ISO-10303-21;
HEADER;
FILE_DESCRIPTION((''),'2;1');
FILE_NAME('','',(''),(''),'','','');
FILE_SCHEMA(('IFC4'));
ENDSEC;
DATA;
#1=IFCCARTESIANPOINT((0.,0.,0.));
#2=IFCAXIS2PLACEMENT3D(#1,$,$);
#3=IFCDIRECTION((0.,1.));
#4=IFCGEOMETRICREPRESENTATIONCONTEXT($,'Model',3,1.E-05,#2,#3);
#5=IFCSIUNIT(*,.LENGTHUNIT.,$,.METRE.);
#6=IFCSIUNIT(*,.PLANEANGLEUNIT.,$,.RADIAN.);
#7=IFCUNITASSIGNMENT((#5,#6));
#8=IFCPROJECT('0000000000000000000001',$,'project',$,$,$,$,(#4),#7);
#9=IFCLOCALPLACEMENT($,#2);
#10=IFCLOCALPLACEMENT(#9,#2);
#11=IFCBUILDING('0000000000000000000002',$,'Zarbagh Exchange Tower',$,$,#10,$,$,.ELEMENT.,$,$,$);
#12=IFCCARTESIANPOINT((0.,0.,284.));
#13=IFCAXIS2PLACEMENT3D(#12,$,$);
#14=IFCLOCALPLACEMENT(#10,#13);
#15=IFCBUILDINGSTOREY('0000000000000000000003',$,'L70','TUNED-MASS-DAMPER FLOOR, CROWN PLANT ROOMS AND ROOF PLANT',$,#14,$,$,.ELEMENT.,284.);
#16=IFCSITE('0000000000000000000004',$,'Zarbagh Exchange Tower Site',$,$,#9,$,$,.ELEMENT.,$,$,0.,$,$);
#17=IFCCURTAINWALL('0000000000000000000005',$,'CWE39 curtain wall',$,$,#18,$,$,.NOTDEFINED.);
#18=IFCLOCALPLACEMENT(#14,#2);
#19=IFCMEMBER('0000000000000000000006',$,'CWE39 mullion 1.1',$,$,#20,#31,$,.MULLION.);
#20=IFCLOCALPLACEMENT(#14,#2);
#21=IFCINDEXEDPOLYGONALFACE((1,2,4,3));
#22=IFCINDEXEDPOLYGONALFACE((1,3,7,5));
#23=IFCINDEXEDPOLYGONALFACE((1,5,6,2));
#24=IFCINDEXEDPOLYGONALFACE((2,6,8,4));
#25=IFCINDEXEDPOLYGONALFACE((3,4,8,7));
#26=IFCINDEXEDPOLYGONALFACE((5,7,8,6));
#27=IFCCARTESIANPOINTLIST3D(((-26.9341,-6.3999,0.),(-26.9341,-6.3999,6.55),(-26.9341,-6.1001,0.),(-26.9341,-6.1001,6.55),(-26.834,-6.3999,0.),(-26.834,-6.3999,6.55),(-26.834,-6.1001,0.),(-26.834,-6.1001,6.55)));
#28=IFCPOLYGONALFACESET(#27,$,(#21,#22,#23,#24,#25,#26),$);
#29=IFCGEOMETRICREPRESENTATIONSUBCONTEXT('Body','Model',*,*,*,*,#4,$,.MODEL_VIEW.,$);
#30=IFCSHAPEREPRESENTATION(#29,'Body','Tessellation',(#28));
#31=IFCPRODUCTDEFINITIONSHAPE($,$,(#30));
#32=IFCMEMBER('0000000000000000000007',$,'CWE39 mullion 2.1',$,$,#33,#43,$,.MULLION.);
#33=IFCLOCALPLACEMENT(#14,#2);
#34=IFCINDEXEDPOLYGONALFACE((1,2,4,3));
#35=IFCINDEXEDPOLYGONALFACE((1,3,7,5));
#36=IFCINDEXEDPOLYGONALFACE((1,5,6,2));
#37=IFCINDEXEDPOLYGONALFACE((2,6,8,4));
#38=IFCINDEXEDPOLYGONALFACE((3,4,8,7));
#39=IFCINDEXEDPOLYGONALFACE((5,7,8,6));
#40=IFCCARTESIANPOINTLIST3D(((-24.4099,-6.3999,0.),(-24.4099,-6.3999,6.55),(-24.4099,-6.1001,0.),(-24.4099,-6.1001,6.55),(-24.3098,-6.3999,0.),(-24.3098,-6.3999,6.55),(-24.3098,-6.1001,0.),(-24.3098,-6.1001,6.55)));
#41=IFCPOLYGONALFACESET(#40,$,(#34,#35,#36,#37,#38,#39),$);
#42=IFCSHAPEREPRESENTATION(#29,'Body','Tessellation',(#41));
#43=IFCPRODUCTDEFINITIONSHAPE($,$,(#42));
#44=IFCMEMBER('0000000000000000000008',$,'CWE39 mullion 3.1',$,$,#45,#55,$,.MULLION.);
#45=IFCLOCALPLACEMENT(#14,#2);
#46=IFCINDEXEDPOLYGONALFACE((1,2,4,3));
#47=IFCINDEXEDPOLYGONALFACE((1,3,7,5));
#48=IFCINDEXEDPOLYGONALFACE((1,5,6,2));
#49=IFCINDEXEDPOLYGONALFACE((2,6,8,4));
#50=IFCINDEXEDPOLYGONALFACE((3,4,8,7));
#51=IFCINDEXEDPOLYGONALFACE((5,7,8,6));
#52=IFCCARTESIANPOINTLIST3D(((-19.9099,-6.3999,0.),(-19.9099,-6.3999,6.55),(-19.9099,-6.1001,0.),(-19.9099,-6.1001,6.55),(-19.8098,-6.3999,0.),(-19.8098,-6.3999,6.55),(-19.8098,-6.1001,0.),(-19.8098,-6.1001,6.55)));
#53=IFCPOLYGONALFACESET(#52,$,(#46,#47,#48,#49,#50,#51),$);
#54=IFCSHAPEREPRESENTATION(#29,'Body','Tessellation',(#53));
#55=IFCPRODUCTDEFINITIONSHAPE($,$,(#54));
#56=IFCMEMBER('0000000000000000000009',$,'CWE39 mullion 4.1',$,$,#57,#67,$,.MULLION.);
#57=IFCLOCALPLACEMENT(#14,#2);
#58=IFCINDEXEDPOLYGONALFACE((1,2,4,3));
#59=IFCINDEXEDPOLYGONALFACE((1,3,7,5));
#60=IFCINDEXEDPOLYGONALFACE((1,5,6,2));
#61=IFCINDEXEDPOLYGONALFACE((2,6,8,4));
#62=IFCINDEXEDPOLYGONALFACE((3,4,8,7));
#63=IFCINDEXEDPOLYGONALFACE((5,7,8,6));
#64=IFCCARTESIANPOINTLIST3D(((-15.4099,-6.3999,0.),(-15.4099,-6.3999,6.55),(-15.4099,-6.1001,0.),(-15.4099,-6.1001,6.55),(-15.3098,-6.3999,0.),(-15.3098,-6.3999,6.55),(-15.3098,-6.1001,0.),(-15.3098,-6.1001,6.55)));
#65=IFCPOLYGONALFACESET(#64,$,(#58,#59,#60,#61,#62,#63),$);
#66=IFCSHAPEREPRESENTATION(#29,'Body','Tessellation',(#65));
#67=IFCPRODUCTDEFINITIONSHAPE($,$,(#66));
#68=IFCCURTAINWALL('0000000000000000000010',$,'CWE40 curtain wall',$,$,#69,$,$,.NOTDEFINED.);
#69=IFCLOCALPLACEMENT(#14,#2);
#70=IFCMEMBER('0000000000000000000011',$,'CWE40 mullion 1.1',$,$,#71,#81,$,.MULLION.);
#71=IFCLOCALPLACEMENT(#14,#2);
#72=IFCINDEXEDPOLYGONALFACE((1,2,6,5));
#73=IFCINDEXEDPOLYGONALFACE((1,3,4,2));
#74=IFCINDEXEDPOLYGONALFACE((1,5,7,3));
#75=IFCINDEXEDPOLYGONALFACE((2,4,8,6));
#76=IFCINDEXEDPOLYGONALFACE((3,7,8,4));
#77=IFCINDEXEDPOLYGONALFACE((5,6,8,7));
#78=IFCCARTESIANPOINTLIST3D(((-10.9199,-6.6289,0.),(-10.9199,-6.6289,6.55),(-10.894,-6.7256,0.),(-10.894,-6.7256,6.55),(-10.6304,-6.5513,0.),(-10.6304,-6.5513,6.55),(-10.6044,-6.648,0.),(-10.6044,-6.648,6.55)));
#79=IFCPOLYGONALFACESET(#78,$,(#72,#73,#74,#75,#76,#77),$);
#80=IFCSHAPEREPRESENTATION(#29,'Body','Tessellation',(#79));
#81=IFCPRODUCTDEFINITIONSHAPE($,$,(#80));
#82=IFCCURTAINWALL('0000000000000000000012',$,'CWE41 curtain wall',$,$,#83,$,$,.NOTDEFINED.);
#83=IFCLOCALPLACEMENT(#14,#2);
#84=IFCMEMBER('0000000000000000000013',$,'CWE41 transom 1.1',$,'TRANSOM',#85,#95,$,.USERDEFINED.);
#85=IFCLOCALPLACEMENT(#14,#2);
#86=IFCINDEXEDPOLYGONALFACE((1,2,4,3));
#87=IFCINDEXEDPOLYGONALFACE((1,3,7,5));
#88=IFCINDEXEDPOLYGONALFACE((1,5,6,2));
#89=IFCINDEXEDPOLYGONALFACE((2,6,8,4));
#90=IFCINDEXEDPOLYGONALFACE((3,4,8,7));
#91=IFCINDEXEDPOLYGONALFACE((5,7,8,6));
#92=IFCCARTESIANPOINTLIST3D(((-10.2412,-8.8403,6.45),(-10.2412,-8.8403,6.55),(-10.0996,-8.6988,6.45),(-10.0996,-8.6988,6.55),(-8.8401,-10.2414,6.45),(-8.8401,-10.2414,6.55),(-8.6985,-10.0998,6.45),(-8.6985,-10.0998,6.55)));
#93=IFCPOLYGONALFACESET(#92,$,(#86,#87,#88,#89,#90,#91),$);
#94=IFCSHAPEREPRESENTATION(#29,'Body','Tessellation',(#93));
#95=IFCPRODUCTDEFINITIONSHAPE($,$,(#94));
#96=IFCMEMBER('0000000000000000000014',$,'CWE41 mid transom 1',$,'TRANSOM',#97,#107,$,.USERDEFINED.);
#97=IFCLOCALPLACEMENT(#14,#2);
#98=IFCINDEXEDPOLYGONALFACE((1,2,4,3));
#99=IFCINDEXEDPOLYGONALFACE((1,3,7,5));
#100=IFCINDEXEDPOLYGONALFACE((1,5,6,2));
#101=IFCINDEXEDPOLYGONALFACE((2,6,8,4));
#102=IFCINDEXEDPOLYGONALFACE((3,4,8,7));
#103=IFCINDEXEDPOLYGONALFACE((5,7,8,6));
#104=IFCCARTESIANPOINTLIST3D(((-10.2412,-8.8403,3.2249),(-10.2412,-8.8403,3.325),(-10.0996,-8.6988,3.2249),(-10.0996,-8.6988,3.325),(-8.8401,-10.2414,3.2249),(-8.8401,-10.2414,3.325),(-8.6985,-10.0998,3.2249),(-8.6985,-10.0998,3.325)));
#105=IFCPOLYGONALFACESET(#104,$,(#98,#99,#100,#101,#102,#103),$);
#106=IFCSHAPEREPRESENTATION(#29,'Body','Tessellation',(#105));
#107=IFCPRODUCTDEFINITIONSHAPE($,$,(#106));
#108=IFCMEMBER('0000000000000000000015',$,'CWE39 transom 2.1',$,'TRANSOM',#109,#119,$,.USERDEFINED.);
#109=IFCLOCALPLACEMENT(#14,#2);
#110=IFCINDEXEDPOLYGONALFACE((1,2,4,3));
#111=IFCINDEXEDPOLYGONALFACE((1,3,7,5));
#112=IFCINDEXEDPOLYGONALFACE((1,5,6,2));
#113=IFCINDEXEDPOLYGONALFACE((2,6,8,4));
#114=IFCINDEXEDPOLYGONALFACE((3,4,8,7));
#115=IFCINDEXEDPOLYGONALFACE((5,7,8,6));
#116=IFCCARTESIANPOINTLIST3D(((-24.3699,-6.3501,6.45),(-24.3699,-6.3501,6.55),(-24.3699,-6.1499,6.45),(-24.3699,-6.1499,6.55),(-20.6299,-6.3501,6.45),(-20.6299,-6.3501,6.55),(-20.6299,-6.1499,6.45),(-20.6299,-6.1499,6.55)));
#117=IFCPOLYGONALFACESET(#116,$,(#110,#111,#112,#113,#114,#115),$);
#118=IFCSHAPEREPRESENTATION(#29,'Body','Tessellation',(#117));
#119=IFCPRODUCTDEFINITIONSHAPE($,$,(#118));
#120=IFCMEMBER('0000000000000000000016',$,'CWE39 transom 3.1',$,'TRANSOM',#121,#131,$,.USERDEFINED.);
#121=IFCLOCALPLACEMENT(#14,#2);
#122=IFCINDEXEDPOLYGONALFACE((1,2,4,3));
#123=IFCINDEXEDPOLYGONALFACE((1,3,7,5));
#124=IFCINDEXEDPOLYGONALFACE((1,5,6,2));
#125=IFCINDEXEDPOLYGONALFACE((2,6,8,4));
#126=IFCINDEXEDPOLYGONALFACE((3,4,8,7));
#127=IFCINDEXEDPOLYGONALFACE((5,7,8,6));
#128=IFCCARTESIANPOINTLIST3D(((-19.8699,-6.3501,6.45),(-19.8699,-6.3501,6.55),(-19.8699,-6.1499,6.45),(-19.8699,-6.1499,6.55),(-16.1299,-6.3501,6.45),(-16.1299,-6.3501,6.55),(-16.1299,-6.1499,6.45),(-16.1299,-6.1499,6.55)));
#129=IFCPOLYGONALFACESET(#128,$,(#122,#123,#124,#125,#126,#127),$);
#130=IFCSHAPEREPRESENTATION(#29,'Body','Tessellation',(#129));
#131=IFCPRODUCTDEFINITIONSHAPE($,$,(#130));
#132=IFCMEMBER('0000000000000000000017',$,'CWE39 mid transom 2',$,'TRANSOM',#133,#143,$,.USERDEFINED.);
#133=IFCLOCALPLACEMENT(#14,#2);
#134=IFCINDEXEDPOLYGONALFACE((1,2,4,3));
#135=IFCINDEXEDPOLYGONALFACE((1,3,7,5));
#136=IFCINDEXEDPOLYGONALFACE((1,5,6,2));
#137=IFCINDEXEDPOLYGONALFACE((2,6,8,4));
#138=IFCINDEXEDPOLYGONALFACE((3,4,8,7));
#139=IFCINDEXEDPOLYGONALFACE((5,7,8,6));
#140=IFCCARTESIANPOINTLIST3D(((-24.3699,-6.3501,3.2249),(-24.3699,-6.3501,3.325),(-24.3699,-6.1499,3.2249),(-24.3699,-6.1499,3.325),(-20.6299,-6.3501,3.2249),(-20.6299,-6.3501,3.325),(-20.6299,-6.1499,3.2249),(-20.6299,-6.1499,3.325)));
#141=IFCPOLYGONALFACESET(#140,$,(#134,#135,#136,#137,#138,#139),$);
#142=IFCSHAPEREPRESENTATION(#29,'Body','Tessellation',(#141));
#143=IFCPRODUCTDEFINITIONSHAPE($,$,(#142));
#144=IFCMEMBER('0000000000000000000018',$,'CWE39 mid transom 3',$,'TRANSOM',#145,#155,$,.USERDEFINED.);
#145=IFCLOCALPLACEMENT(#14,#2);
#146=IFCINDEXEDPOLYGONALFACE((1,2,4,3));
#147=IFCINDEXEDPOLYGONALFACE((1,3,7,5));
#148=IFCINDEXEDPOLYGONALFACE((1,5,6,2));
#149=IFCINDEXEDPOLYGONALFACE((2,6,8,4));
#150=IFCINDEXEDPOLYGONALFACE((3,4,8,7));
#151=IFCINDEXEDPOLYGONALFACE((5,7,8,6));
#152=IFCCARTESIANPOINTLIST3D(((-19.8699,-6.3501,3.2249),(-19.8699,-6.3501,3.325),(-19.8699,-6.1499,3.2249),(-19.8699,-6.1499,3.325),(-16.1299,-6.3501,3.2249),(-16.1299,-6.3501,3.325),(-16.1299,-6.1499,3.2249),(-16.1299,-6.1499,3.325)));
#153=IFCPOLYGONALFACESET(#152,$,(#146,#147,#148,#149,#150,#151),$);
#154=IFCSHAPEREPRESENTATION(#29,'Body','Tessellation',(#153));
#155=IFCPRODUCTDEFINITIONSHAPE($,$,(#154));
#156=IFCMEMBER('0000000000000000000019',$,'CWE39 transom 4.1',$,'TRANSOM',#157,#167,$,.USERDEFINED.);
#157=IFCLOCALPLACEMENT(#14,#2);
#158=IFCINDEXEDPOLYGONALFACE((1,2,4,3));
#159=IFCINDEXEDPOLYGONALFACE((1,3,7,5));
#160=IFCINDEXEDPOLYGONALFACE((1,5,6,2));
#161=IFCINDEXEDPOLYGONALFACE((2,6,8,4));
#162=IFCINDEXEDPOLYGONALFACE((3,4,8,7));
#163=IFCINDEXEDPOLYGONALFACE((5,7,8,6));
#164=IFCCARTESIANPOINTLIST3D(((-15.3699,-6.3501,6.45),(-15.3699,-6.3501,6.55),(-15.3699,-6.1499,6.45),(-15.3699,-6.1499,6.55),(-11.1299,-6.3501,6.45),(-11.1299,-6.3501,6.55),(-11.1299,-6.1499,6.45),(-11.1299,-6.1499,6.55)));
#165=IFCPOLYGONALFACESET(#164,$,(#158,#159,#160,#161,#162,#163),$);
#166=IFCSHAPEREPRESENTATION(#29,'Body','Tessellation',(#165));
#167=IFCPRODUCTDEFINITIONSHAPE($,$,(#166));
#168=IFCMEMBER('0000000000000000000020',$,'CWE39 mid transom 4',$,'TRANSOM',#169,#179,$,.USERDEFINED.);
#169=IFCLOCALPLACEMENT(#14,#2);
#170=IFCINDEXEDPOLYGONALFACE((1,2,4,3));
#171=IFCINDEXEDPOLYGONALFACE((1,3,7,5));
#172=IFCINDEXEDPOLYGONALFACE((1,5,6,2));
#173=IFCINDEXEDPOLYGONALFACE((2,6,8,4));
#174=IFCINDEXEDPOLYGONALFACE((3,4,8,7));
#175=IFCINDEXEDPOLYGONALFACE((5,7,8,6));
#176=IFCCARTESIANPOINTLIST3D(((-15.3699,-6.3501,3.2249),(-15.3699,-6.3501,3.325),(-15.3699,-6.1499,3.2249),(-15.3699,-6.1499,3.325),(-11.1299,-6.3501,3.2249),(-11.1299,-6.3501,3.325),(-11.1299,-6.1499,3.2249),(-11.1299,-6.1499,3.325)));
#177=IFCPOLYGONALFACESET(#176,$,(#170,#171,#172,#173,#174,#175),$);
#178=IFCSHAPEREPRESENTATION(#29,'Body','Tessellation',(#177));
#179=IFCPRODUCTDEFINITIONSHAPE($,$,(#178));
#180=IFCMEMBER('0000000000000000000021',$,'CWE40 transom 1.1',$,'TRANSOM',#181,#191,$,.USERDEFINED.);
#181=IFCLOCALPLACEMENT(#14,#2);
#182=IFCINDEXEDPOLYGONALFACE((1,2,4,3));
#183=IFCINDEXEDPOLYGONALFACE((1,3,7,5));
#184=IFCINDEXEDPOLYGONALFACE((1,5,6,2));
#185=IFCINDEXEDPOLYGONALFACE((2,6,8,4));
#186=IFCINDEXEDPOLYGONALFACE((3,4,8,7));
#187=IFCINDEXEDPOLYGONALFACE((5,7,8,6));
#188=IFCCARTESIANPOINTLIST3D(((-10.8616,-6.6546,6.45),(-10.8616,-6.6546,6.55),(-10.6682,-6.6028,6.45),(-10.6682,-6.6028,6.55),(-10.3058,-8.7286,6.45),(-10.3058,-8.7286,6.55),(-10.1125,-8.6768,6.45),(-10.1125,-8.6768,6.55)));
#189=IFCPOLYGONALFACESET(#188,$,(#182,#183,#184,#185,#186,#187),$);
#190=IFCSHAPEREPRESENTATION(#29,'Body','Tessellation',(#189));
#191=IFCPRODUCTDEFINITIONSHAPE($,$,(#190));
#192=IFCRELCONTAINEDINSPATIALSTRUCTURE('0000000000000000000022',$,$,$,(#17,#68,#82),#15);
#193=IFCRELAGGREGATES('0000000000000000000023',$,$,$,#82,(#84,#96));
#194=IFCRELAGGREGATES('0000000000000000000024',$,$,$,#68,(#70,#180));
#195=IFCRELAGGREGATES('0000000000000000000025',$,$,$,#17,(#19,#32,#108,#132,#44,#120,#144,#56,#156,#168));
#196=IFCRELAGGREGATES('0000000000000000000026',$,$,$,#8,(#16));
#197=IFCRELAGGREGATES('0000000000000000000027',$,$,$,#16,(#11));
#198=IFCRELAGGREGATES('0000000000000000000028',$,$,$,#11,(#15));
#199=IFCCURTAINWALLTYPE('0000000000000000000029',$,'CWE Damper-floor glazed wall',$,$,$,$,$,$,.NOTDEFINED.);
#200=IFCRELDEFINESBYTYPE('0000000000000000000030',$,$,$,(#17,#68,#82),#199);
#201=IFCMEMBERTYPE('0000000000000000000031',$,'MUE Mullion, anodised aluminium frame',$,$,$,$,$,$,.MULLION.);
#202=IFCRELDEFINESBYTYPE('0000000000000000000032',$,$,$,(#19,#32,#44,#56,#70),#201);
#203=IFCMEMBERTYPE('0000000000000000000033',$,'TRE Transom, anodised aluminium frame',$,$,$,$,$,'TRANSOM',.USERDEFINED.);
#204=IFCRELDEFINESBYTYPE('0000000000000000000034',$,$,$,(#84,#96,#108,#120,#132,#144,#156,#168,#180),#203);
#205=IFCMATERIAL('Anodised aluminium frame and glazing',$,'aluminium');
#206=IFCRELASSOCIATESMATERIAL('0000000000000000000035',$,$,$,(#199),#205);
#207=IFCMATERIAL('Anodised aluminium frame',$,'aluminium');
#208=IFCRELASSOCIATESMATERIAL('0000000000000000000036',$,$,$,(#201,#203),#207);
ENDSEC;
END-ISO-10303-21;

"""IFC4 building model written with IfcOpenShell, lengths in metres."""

from ifc_helpers import new_model, si_unit, direction, frame, origin, place, context, subcontext, project, spatial, polyline, outline, extrude, source, transform, mapped, material, type_object, element, aggregate, save


model = new_model("IFC4")

# Units and contexts
model_context = context("Model", 3, precision=1e-05, world=origin(), true_north=direction((0.0, 1.0)))
body_context = subcontext(model_context, "Body", "Model", "MODEL_VIEW")
ifc_project = project(units=[si_unit("LENGTHUNIT", "METRE"), si_unit("PLANEANGLEUNIT", "RADIAN")], contexts=[model_context])

# Site, building, storey
site_placement = place(None, origin())
site = spatial("IfcSite", under=ifc_project, at=site_placement, Name="Zarbagh Exchange Tower Site", CompositionType="ELEMENT", RefElevation=0.0)
building_placement = place(site_placement, origin())
building = spatial("IfcBuilding", under=site, at=building_placement, Name="Zarbagh Exchange Tower", CompositionType="ELEMENT")
storey_placement = place(building_placement, frame((0.0, 0.0, 284.0)))
storey = spatial("IfcBuildingStorey", under=building, at=storey_placement, Name="L70", Description="TUNED-MASS-DAMPER FLOOR, CROWN PLANT ROOMS AND ROOF PLANT", CompositionType="ELEMENT", Elevation=284.0)

# Curtain wall, members
ifc_material_1 = material(Name="Anodised aluminium frame and glazing", Category="aluminium")
curtain_wall_type = type_object("IfcCurtainWallType", Name="CWE Damper-floor glazed wall", PredefinedType="NOTDEFINED", material=ifc_material_1)
curtain_wall_1_placement = place(storey_placement, origin())
curtain_wall_1 = element("IfcCurtainWall", 1, at=curtain_wall_1_placement, inside=storey, type_object=curtain_wall_type, Name="CWE39 curtain wall", PredefinedType="NOTDEFINED")
ifc_material_2 = material(Name="Anodised aluminium frame", Category="aluminium")
member_type_1 = type_object("IfcMemberType", Name="MUE Mullion, anodised aluminium frame", PredefinedType="MULLION", material=ifc_material_2)
shared_shape_1 = source(origin(), body_context, "Body", "SweptSolid", [
    extrude(outline(polyline([(0.0, -0.1499), (0.1001, -0.1499), (0.1001, 0.1499), (0.0, 0.1499), (0.0, -0.1499)])), origin(), (0.0, 0.0, 1.0), 6.55),
])
placement = place(storey_placement, origin())
member_1 = element("IfcMember", 2, at=placement, type_object=member_type_1, Name="CWE39 mullion 1.1", PredefinedType="MULLION", context=body_context, shape_type="MappedRepresentation", body=[
    mapped(shared_shape_1, transform((-26.9341, -6.25, 0.0), x_axis=(1.0, 0.0, 0.0), y_axis=(0.0, 1.0, 0.0), z_axis=(0.0, 0.0, 1.0))),
])
member_2 = element("IfcMember", 3, at=placement, type_object=member_type_1, Name="CWE39 mullion 2.1", PredefinedType="MULLION", context=body_context, shape_type="MappedRepresentation", body=[
    mapped(shared_shape_1, transform((-24.4099, -6.25, 0.0), x_axis=(1.0, 0.0, 0.0), y_axis=(0.0, 1.0, 0.0), z_axis=(0.0, 0.0, 1.0))),
])
member_3 = element("IfcMember", 4, at=placement, type_object=member_type_1, Name="CWE39 mullion 3.1", PredefinedType="MULLION", context=body_context, shape_type="MappedRepresentation", body=[
    mapped(shared_shape_1, transform((-19.9099, -6.25, 0.0), x_axis=(1.0, 0.0, 0.0), y_axis=(0.0, 1.0, 0.0), z_axis=(0.0, 0.0, 1.0))),
])
member_4 = element("IfcMember", 5, at=placement, type_object=member_type_1, Name="CWE39 mullion 4.1", PredefinedType="MULLION", context=body_context, shape_type="MappedRepresentation", body=[
    mapped(shared_shape_1, transform((-15.4099, -6.25, 0.0), x_axis=(1.0, 0.0, 0.0), y_axis=(0.0, 1.0, 0.0), z_axis=(0.0, 0.0, 1.0))),
])

# Curtain wall, member
curtain_wall_2_placement = place(storey_placement, origin())
curtain_wall_2 = element("IfcCurtainWall", 6, at=curtain_wall_2_placement, inside=storey, type_object=curtain_wall_type, Name="CWE40 curtain wall", PredefinedType="NOTDEFINED")
member_5 = element("IfcMember", 7, at=placement, type_object=member_type_1, Name="CWE40 mullion 1.1", PredefinedType="MULLION", context=body_context, shape_type="MappedRepresentation", body=[
    mapped(shared_shape_1, transform((-10.7751, -6.5901, 0.0), x_axis=(0.258825, -0.965924, 0.0), y_axis=(0.965924, 0.258825, 0.0), z_axis=(0.0, 0.0, 1.0))),
])

# Curtain wall, members
curtain_wall_3_placement = place(storey_placement, origin())
curtain_wall_3 = element("IfcCurtainWall", 8, at=curtain_wall_3_placement, inside=storey, type_object=curtain_wall_type, Name="CWE41 curtain wall", PredefinedType="NOTDEFINED")
member_type_2 = type_object("IfcMemberType", Name="TRE Transom, anodised aluminium frame", ElementType="TRANSOM", PredefinedType="USERDEFINED", material=ifc_material_2)
shared_shape_2 = source(origin(), body_context, "Body", "SweptSolid", [
    extrude(outline(polyline([(-0.1001, -0.1001), (0.0, -0.1001), (0.0, 0.1001), (-0.1001, 0.1001), (-0.1001, -0.1001)])), origin(), (0.0, 0.0, 1.0), 1.9814),
])
member_6 = element("IfcMember", 9, at=placement, type_object=member_type_2, Name="CWE41 transom 1.1", ObjectType="TRANSOM", PredefinedType="USERDEFINED", context=body_context, shape_type="MappedRepresentation", body=[
    mapped(shared_shape_2, transform((-10.1704, -8.7695, 6.55), x_axis=(0.0, 0.0, 1.0), y_axis=(-0.707107, -0.707107, 0.0), z_axis=(0.707107, -0.707107, 0.0))),
])
shared_shape_3 = source(origin(), body_context, "Body", "SweptSolid", [
    extrude(outline(polyline([(-0.05, -0.1001), (0.05, -0.1001), (0.05, 0.1001), (-0.05, 0.1001), (-0.05, -0.1001)])), origin(), (0.0, 0.0, 1.0), 1.9814),
])
member_7 = element("IfcMember", 10, at=placement, type_object=member_type_2, Name="CWE41 mid transom 1", ObjectType="TRANSOM", PredefinedType="USERDEFINED", context=body_context, shape_type="MappedRepresentation", body=[
    mapped(shared_shape_3, transform((-10.1704, -8.7695, 3.2749), x_axis=(0.0, 0.0, 1.0), y_axis=(-0.707107, -0.707107, 0.0), z_axis=(0.707107, -0.707107, 0.0))),
])

# Members
shared_shape_4 = source(origin(), body_context, "Body", "SweptSolid", [
    extrude(outline(polyline([(-0.1001, -0.1001), (0.0, -0.1001), (0.0, 0.1001), (-0.1001, 0.1001), (-0.1001, -0.1001)])), origin(), (0.0, 0.0, 1.0), 3.74),
])
member_8 = element("IfcMember", 11, at=placement, type_object=member_type_2, Name="CWE39 transom 2.1", ObjectType="TRANSOM", PredefinedType="USERDEFINED", context=body_context, shape_type="MappedRepresentation", body=[
    mapped(shared_shape_4, transform((-24.3699, -6.25, 6.55), x_axis=(0.0, 0.0, 1.0), y_axis=(0.0, -1.0, 0.0), z_axis=(1.0, 0.0, 0.0))),
])
member_9 = element("IfcMember", 12, at=placement, type_object=member_type_2, Name="CWE39 transom 3.1", ObjectType="TRANSOM", PredefinedType="USERDEFINED", context=body_context, shape_type="MappedRepresentation", body=[
    mapped(shared_shape_4, transform((-19.8699, -6.25, 6.55), x_axis=(0.0, 0.0, 1.0), y_axis=(0.0, -1.0, 0.0), z_axis=(1.0, 0.0, 0.0))),
])
shared_shape_5 = source(origin(), body_context, "Body", "SweptSolid", [
    extrude(outline(polyline([(-0.05, -0.1001), (0.05, -0.1001), (0.05, 0.1001), (-0.05, 0.1001), (-0.05, -0.1001)])), origin(), (0.0, 0.0, 1.0), 3.74),
])
member_10 = element("IfcMember", 13, at=placement, type_object=member_type_2, Name="CWE39 mid transom 2", ObjectType="TRANSOM", PredefinedType="USERDEFINED", context=body_context, shape_type="MappedRepresentation", body=[
    mapped(shared_shape_5, transform((-24.3699, -6.25, 3.2749), x_axis=(0.0, 0.0, 1.0), y_axis=(0.0, -1.0, 0.0), z_axis=(1.0, 0.0, 0.0))),
])
member_11 = element("IfcMember", 14, at=placement, type_object=member_type_2, Name="CWE39 mid transom 3", ObjectType="TRANSOM", PredefinedType="USERDEFINED", context=body_context, shape_type="MappedRepresentation", body=[
    mapped(shared_shape_5, transform((-19.8699, -6.25, 3.2749), x_axis=(0.0, 0.0, 1.0), y_axis=(0.0, -1.0, 0.0), z_axis=(1.0, 0.0, 0.0))),
])
shared_shape_6 = source(origin(), body_context, "Body", "SweptSolid", [
    extrude(outline(polyline([(-0.1001, -0.1001), (0.0, -0.1001), (0.0, 0.1001), (-0.1001, 0.1001), (-0.1001, -0.1001)])), origin(), (0.0, 0.0, 1.0), 4.24),
])
member_12 = element("IfcMember", 15, at=placement, type_object=member_type_2, Name="CWE39 transom 4.1", ObjectType="TRANSOM", PredefinedType="USERDEFINED", context=body_context, shape_type="MappedRepresentation", body=[
    mapped(shared_shape_6, transform((-15.3699, -6.25, 6.55), x_axis=(0.0, 0.0, 1.0), y_axis=(0.0, -1.0, 0.0), z_axis=(1.0, 0.0, 0.0))),
])
shared_shape_7 = source(origin(), body_context, "Body", "SweptSolid", [
    extrude(outline(polyline([(-0.05, -0.1001), (0.05, -0.1001), (0.05, 0.1001), (-0.05, 0.1001), (-0.05, -0.1001)])), origin(), (0.0, 0.0, 1.0), 4.24),
])
member_13 = element("IfcMember", 16, at=placement, type_object=member_type_2, Name="CWE39 mid transom 4", ObjectType="TRANSOM", PredefinedType="USERDEFINED", context=body_context, shape_type="MappedRepresentation", body=[
    mapped(shared_shape_7, transform((-15.3699, -6.25, 3.2749), x_axis=(0.0, 0.0, 1.0), y_axis=(0.0, -1.0, 0.0), z_axis=(1.0, 0.0, 0.0))),
])
shared_shape_8 = source(origin(), body_context, "Body", "SweptSolid", [
    extrude(outline(polyline([(-0.1001, -0.1001), (0.0, -0.1001), (0.0, 0.1001), (-0.1001, 0.1001), (-0.1001, -0.1001)])), origin(), (0.0, 0.0, 1.0), 2.1472),
])
member_14 = element("IfcMember", 17, at=placement, type_object=member_type_2, Name="CWE40 transom 1.1", ObjectType="TRANSOM", PredefinedType="USERDEFINED", context=body_context, shape_type="MappedRepresentation", body=[
    mapped(shared_shape_8, transform((-10.7649, -6.6287, 6.55), x_axis=(0.0, 0.0, 1.0), y_axis=(-0.965924, -0.258825, 0.0), z_axis=(0.258825, -0.965924, 0.0))),
])

aggregate(curtain_wall_3, [member_6, member_7])
aggregate(curtain_wall_2, [member_5, member_14])
aggregate(curtain_wall_1, [member_1, member_2, member_8, member_10, member_3, member_9, member_11, member_4, member_12, member_13])

save(model, "model.ifc")
